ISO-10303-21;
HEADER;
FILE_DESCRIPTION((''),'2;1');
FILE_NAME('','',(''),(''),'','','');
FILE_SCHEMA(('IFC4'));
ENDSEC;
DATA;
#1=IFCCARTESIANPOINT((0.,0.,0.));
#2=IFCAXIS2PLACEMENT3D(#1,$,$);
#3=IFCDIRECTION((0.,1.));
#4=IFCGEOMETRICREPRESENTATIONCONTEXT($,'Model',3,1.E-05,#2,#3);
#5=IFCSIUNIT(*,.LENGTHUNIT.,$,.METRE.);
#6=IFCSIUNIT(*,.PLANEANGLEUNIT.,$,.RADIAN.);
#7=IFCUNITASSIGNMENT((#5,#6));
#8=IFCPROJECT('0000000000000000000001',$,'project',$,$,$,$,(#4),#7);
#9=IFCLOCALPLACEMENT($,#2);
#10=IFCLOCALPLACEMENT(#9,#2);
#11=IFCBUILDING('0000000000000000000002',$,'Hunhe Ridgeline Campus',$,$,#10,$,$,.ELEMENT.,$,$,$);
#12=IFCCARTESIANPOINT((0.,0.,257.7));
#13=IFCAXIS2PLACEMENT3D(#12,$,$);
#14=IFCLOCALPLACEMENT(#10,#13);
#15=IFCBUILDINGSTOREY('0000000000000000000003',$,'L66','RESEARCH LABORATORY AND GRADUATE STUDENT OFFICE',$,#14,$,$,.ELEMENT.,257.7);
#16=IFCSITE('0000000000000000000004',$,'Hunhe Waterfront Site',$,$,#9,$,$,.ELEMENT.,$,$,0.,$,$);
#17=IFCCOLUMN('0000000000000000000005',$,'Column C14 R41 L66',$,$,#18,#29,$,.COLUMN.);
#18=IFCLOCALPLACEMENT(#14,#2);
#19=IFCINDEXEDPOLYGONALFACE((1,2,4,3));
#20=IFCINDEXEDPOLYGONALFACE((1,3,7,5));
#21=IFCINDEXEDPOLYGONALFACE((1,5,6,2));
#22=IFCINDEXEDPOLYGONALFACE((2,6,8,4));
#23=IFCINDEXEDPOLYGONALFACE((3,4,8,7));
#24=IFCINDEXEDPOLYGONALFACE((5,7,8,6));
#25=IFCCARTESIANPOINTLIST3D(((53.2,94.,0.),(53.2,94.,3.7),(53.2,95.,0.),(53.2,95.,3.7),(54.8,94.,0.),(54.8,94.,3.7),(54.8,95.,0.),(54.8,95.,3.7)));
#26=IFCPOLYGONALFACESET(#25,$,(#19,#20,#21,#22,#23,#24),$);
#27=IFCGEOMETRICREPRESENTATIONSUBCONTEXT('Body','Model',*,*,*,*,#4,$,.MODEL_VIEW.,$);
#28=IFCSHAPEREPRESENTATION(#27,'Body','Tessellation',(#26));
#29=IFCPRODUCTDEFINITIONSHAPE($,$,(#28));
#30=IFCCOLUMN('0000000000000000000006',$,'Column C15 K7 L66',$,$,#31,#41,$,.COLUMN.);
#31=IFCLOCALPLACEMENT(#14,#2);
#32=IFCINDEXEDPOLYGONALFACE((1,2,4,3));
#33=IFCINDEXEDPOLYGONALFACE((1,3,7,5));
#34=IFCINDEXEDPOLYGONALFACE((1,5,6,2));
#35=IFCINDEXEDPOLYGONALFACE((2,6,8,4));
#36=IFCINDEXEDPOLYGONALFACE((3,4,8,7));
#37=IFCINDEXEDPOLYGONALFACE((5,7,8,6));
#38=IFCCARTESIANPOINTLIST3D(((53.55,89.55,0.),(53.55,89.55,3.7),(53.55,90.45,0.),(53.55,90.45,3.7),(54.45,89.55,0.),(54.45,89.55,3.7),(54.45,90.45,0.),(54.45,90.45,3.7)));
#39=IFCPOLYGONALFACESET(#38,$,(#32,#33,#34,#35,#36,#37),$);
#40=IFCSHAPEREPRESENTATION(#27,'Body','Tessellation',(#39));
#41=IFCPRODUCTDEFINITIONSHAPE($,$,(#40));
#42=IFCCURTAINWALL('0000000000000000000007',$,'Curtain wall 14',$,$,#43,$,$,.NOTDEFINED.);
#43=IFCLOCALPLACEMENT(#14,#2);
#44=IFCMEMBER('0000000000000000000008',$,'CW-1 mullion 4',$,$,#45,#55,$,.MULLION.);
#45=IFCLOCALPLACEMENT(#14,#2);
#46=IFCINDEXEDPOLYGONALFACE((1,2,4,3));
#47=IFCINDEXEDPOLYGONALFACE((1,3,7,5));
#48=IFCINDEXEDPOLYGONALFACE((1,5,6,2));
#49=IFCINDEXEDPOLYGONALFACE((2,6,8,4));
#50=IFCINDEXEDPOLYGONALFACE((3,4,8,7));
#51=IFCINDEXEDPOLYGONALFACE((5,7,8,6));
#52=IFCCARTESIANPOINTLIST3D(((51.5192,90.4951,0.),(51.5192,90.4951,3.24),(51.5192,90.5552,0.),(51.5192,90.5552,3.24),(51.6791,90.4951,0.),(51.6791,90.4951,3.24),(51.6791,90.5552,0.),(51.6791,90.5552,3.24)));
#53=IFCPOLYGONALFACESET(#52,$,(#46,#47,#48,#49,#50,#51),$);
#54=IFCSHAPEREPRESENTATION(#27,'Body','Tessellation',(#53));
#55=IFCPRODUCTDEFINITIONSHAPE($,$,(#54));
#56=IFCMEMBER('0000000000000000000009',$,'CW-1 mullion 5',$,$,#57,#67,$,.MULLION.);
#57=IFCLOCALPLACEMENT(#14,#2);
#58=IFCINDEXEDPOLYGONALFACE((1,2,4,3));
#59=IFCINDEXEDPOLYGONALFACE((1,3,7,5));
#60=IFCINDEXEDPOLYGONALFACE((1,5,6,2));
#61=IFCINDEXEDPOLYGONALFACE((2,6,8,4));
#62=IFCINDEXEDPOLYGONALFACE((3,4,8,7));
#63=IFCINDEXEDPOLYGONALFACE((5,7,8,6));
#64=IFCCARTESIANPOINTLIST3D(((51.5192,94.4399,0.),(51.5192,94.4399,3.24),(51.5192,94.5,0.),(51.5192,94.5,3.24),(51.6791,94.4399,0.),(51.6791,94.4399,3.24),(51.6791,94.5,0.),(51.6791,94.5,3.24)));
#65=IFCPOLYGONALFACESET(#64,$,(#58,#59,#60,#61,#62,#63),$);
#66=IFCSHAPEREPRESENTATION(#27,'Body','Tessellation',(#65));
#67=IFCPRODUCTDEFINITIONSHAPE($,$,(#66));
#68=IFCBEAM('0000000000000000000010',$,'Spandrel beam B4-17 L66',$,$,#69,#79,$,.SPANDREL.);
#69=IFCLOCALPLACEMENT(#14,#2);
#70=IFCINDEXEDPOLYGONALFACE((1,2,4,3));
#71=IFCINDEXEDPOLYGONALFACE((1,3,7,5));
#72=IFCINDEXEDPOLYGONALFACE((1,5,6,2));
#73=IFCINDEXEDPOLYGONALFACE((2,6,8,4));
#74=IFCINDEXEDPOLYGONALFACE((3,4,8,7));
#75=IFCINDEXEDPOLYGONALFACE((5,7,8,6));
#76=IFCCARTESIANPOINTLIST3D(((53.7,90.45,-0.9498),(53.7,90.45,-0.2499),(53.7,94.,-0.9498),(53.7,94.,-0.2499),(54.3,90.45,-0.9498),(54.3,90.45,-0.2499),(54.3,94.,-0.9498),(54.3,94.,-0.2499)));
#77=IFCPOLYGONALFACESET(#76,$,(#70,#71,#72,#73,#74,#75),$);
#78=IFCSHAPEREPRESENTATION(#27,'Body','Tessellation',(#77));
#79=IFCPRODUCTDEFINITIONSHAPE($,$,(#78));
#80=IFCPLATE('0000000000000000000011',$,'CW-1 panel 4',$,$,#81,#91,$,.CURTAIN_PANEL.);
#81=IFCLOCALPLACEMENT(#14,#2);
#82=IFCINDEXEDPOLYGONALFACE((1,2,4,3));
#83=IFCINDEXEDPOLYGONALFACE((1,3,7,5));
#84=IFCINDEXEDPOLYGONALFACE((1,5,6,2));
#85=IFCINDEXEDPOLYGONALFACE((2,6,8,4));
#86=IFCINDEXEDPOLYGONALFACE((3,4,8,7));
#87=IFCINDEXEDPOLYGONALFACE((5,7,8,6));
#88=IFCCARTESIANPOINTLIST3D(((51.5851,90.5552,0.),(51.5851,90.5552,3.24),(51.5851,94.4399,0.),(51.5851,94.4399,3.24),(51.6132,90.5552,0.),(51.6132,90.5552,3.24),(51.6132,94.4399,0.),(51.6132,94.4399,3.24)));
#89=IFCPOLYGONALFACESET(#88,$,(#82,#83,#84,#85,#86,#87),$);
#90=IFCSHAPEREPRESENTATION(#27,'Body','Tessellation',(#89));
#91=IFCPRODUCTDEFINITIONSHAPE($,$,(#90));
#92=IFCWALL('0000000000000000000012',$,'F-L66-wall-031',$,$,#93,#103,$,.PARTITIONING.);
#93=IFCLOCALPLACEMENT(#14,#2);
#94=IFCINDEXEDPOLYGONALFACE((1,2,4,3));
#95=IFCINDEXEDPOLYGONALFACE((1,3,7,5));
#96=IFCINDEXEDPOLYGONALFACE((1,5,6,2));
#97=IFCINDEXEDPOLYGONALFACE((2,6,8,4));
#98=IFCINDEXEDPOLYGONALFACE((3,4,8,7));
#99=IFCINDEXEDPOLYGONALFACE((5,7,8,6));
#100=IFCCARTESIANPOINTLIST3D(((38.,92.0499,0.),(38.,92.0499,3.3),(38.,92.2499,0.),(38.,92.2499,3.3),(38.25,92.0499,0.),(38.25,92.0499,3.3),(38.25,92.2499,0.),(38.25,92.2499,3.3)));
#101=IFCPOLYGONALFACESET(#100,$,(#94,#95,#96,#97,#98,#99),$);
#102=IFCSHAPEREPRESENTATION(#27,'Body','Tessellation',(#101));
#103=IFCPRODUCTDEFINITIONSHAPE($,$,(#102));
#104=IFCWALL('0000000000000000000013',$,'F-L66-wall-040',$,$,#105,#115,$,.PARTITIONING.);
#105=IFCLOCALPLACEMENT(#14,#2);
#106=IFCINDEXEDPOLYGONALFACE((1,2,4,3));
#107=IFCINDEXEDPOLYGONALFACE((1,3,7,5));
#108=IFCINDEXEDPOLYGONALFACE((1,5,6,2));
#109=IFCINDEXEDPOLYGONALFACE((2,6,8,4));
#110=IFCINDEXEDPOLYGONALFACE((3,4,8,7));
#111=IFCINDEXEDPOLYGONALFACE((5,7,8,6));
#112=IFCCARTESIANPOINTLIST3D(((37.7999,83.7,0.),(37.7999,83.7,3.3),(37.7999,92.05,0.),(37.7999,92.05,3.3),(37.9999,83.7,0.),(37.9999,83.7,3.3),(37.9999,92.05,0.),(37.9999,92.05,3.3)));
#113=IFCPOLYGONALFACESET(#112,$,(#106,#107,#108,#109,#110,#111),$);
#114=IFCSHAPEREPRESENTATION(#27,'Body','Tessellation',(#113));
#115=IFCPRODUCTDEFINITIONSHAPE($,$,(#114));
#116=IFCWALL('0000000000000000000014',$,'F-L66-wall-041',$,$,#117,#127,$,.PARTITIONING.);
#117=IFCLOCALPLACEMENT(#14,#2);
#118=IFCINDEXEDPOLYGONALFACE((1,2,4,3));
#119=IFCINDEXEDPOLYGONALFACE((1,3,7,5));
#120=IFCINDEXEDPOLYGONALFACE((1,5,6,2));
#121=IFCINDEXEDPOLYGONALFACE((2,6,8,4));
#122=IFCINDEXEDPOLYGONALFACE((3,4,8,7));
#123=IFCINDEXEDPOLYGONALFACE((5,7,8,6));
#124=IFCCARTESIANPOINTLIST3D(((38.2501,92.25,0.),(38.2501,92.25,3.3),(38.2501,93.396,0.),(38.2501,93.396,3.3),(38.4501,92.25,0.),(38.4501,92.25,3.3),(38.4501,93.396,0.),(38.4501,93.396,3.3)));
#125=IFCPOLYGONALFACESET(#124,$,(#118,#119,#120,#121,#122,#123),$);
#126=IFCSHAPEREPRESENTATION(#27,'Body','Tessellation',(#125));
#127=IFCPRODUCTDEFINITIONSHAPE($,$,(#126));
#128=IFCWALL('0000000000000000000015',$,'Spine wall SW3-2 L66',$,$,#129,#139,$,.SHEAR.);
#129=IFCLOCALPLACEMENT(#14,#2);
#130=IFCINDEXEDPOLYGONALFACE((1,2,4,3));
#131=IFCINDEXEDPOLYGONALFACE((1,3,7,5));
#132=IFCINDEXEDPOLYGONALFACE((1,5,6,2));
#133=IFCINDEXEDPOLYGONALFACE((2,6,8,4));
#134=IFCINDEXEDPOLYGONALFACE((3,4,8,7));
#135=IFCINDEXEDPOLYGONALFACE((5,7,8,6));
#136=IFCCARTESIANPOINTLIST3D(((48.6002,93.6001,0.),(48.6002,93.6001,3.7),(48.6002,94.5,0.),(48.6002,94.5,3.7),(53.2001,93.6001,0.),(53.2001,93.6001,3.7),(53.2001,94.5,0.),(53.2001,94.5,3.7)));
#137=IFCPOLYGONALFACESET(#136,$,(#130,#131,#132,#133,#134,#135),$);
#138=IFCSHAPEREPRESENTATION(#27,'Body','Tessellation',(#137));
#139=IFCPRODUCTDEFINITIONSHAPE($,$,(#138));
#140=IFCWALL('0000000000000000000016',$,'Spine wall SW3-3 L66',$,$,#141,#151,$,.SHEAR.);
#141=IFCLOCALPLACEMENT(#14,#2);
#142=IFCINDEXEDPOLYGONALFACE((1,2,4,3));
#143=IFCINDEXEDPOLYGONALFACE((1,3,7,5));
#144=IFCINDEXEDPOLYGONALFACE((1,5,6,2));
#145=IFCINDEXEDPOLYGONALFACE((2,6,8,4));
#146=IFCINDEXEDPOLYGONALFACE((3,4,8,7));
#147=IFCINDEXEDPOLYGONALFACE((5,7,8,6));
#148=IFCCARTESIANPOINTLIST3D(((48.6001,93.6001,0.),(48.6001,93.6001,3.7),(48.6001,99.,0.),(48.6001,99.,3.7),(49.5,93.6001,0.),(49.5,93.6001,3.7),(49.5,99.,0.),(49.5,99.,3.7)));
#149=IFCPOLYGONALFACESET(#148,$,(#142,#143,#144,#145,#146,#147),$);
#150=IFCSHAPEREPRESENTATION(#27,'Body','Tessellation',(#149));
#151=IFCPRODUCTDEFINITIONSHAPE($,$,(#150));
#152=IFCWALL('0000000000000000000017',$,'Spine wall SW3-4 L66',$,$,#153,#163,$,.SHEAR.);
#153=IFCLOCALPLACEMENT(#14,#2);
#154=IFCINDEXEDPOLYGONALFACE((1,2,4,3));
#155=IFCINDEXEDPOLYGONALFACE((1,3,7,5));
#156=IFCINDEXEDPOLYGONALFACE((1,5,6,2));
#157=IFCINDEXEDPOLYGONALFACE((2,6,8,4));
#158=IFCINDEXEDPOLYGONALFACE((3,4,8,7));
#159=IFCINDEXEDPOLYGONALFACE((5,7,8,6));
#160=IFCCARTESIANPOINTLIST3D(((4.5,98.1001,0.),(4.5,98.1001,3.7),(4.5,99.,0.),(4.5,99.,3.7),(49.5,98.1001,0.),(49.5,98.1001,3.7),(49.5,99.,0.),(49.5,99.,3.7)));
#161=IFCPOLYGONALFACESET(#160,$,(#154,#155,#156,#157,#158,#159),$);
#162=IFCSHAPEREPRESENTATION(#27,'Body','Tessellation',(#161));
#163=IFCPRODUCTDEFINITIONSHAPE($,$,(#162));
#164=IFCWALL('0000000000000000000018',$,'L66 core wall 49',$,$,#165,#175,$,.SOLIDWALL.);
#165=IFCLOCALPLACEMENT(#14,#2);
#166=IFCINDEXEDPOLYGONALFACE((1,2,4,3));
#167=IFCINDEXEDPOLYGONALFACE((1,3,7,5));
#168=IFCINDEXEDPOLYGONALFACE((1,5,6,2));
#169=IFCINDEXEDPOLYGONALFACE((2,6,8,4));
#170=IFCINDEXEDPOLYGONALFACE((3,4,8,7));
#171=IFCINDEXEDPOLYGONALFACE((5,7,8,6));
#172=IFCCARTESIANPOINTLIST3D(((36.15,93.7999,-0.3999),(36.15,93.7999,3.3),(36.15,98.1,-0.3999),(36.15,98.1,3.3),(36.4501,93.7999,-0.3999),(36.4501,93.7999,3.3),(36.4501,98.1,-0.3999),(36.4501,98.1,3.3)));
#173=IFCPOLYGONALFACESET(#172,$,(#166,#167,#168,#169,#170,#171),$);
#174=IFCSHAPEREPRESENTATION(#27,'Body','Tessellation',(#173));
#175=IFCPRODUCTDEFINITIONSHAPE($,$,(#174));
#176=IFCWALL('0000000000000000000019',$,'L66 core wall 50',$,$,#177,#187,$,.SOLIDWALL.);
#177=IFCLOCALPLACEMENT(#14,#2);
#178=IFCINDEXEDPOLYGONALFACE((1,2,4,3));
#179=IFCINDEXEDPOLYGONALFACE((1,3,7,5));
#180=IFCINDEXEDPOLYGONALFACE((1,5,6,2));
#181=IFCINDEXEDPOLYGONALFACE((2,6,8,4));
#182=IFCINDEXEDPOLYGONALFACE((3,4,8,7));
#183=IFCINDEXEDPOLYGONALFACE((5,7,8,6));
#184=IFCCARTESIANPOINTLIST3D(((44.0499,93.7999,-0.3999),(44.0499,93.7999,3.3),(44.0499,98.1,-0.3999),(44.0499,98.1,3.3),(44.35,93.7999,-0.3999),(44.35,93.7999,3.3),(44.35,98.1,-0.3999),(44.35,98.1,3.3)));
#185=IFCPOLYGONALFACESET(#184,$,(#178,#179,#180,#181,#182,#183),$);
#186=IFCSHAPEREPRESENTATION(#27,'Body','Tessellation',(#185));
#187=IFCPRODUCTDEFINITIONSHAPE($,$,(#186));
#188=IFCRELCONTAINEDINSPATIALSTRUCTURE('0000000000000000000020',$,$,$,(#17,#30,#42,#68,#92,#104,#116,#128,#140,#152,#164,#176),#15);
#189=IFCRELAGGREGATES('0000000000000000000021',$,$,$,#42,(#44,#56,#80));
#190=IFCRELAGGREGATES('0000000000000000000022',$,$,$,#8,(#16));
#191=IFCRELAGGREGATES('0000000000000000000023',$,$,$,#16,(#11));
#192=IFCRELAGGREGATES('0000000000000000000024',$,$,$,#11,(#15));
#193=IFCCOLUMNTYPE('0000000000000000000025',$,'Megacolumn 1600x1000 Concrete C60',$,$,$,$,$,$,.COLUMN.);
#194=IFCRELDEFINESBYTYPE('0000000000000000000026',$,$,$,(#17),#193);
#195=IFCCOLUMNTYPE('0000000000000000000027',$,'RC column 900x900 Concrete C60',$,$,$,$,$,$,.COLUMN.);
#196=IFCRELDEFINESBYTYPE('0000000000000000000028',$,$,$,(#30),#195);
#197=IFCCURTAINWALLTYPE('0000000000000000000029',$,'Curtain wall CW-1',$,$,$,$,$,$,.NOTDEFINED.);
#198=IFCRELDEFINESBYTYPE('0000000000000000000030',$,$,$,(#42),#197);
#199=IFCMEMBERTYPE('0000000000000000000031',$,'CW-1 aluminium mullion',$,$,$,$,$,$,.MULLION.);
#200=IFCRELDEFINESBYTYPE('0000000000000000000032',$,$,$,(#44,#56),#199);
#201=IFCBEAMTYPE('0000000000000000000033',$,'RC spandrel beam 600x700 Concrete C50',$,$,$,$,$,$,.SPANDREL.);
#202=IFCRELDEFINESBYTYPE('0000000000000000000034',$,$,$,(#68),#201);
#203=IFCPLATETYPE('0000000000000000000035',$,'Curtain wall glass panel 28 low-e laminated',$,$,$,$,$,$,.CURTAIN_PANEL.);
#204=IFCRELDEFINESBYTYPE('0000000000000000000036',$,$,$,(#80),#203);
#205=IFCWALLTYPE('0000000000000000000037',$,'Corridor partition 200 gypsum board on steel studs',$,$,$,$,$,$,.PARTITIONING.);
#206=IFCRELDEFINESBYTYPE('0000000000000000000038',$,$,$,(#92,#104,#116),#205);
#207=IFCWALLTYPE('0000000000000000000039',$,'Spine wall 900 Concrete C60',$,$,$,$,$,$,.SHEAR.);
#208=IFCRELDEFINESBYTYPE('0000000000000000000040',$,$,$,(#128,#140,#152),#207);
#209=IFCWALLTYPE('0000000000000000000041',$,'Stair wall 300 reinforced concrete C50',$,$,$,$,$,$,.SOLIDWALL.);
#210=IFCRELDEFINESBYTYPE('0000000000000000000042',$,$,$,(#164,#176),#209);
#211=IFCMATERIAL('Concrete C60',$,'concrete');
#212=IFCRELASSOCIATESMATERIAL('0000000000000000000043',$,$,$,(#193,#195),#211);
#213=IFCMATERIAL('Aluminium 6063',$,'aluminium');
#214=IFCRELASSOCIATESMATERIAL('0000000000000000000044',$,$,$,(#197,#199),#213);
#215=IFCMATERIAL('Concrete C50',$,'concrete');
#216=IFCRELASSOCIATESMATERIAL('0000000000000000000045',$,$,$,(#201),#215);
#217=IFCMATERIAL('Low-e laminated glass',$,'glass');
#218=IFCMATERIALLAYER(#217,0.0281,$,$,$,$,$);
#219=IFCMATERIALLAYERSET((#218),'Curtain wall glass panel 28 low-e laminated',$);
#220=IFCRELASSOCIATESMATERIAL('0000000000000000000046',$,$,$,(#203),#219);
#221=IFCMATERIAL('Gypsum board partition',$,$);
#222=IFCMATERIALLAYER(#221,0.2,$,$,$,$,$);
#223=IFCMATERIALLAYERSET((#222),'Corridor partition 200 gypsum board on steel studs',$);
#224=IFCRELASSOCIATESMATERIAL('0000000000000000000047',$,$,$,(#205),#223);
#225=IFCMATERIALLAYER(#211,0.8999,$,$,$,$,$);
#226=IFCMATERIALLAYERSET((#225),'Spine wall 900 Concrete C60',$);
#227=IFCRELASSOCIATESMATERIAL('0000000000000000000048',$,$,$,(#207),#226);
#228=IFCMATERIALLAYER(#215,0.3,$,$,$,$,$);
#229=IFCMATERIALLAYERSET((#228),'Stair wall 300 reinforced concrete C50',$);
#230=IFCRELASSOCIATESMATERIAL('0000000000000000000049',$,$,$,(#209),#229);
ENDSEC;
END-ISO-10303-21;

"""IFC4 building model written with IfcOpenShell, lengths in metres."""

from ifc_helpers import new_model, si_unit, direction, frame, frame_2d, origin, origin_2d, place, context, subcontext, project, spatial, rectangle, extrude, material, layer, layer_set, material_profile, profile_set, type_object, element, aggregate, save


model = new_model("IFC4")

# Units and contexts
model_context = context("Model", 3, precision=1e-05, world=origin(), true_north=direction((0.0, 1.0)))
body_context = subcontext(model_context, "Body", "Model", "MODEL_VIEW")
ifc_project = project(units=[si_unit("LENGTHUNIT", "METRE"), si_unit("PLANEANGLEUNIT", "RADIAN")], contexts=[model_context])

# Site, building, storey
site_placement = place(None, origin())
site = spatial("IfcSite", under=ifc_project, at=site_placement, Name="Hunhe Waterfront Site", CompositionType="ELEMENT", RefElevation=0.0)
building_placement = place(site_placement, origin())
building = spatial("IfcBuilding", under=site, at=building_placement, Name="Hunhe Ridgeline Campus", CompositionType="ELEMENT")
storey_placement = place(building_placement, frame((0.0, 0.0, 257.7)))
storey = spatial("IfcBuildingStorey", under=building, at=storey_placement, Name="L66", Description="RESEARCH LABORATORY AND GRADUATE STUDENT OFFICE", CompositionType="ELEMENT", Elevation=257.7)

# Columns
ifc_material_1 = material(Name="Concrete C60", Category="concrete")
ifc_material_profile_1 = material_profile(ifc_material_1, rectangle(XDim=1.6001, YDim=1.0, at=origin_2d()))
ifc_profile_set_1 = profile_set([ifc_material_profile_1], Name="Concrete C60")
column_type_1 = type_object("IfcColumnType", Name="Megacolumn 1600x1000 Concrete C60", PredefinedType="COLUMN", material=ifc_profile_set_1)
column_1_placement = place(storey_placement, frame((54.0, 94.5, 0.0), z_axis=(0.0, 0.0, 1.0), x_axis=(1.0, 0.0, 0.0)))
element("IfcColumn", 1, at=column_1_placement, inside=storey, type_object=column_type_1, Name="Column C14 R41 L66", PredefinedType="COLUMN", context=body_context, shape_type="SweptSolid", body=[
    extrude(rectangle(XDim=1.6001, YDim=1.0, at=origin_2d()), origin(), (0.0, 0.0, 1.0), 3.7),
])
ifc_material_profile_2 = material_profile(ifc_material_1, rectangle(XDim=0.8999, YDim=0.8999, at=origin_2d()))
ifc_profile_set_2 = profile_set([ifc_material_profile_2], Name="Concrete C60")
column_type_2 = type_object("IfcColumnType", Name="RC column 900x900 Concrete C60", PredefinedType="COLUMN", material=ifc_profile_set_2)
column_2_placement = place(storey_placement, frame((54.0, 90.0, 0.0), z_axis=(0.0, 0.0, 1.0), x_axis=(1.0, 0.0, 0.0)))
element("IfcColumn", 2, at=column_2_placement, inside=storey, type_object=column_type_2, Name="Column C15 K7 L66", PredefinedType="COLUMN", context=body_context, shape_type="SweptSolid", body=[
    extrude(rectangle(XDim=0.8999, YDim=0.8999, at=origin_2d()), origin(), (0.0, 0.0, 1.0), 3.7),
])

# Curtain wall, members
ifc_material_2 = material(Name="Aluminium 6063", Category="aluminium")
curtain_wall_type = type_object("IfcCurtainWallType", Name="Curtain wall CW-1", PredefinedType="NOTDEFINED", material=ifc_material_2)
curtain_wall_placement = place(storey_placement, origin())
curtain_wall = element("IfcCurtainWall", 3, at=curtain_wall_placement, inside=storey, type_object=curtain_wall_type, Name="Curtain wall 14", PredefinedType="NOTDEFINED")
ifc_material_profile_3 = material_profile(ifc_material_2, rectangle(XDim=0.1599, YDim=0.0601, at=origin_2d()))
ifc_profile_set_3 = profile_set([ifc_material_profile_3], Name="Aluminium 6063")
member_type = type_object("IfcMemberType", Name="CW-1 aluminium mullion", PredefinedType="MULLION", material=ifc_profile_set_3)
member_1_placement = place(storey_placement, frame((51.5991, 90.5251, 0.0), z_axis=(0.0, 0.0, 1.0), x_axis=(-1.0, 0.0, 0.0)))
member_1 = element("IfcMember", 4, at=member_1_placement, type_object=member_type, Name="CW-1 mullion 4", PredefinedType="MULLION", context=body_context, shape_type="SweptSolid", body=[
    extrude(rectangle(XDim=0.1599, YDim=0.0601, at=origin_2d()), origin(), (0.0, 0.0, 1.0), 3.24),
])
member_2_placement = place(storey_placement, frame((51.5991, 94.47, 0.0), z_axis=(0.0, 0.0, 1.0), x_axis=(-1.0, 0.0, 0.0)))
member_2 = element("IfcMember", 5, at=member_2_placement, type_object=member_type, Name="CW-1 mullion 5", PredefinedType="MULLION", context=body_context, shape_type="SweptSolid", body=[
    extrude(rectangle(XDim=0.1599, YDim=0.0601, at=origin_2d()), origin(), (0.0, 0.0, 1.0), 3.24),
])

# Beam
ifc_material_3 = material(Name="Concrete C50", Category="concrete")
ifc_material_profile_4 = material_profile(ifc_material_3, rectangle(XDim=0.6001, YDim=0.7, at=origin_2d()))
ifc_profile_set_4 = profile_set([ifc_material_profile_4], Name="Concrete C50")
beam_type = type_object("IfcBeamType", Name="RC spandrel beam 600x700 Concrete C50", PredefinedType="SPANDREL", material=ifc_profile_set_4)
beam_placement = place(storey_placement, frame((54.0, 90.45, -0.5999), z_axis=(0.0, 1.0, 0.0), x_axis=(-1.0, 0.0, 0.0)))
element("IfcBeam", 6, at=beam_placement, inside=storey, type_object=beam_type, Name="Spandrel beam B4-17 L66", PredefinedType="SPANDREL", context=body_context, shape_type="SweptSolid", body=[
    extrude(rectangle(XDim=0.6001, YDim=0.7, at=origin_2d()), origin(), (0.0, 0.0, 1.0), 3.55),
])

# Plate
ifc_material_4 = material(Name="Low-e laminated glass", Category="glass")
ifc_layer_1 = layer(ifc_material_4, 0.0281)
ifc_layer_set_1 = layer_set([ifc_layer_1], Name="Curtain wall glass panel 28 low-e laminated")
plate_type = type_object("IfcPlateType", Name="Curtain wall glass panel 28 low-e laminated", PredefinedType="CURTAIN_PANEL", material=ifc_layer_set_1)
plate_placement = place(storey_placement, frame((51.5991, 92.4976, 0.0), z_axis=(0.0, 0.0, 1.0), x_axis=(0.0, 1.0, 0.0)))
plate = element("IfcPlate", 7, at=plate_placement, type_object=plate_type, Name="CW-1 panel 4", PredefinedType="CURTAIN_PANEL", context=body_context, shape_type="SweptSolid", body=[
    extrude(rectangle(XDim=3.8848, YDim=0.0281, at=origin_2d()), origin(), (0.0, 0.0, 1.0), 3.24),
])
aggregate(curtain_wall, [member_1, member_2, plate])

# Walls
ifc_material_5 = material(Name="Gypsum board partition")
ifc_layer_2 = layer(ifc_material_5, 0.2)
ifc_layer_set_2 = layer_set([ifc_layer_2], Name="Corridor partition 200 gypsum board on steel studs")
wall_type_1 = type_object("IfcWallType", Name="Corridor partition 200 gypsum board on steel studs", PredefinedType="PARTITIONING", material=ifc_layer_set_2)
wall_1_placement = place(storey_placement, frame((38.25, 92.1499, 0.0), z_axis=(0.0, 0.0, 1.0), x_axis=(-1.0, 0.0, 0.0)))
element("IfcWall", 8, at=wall_1_placement, inside=storey, type_object=wall_type_1, Name="F-L66-wall-031", PredefinedType="PARTITIONING", context=body_context, shape_type="SweptSolid", body=[
    extrude(rectangle(XDim=0.25, YDim=0.2, at=frame_2d((0.125, 0.0))), origin(), (0.0, 0.0, 1.0), 3.3),
])
wall_2_placement = place(storey_placement, frame((37.8999, 92.05, 0.0), z_axis=(0.0, 0.0, 1.0), x_axis=(0.0, -1.0, 0.0)))
element("IfcWall", 9, at=wall_2_placement, inside=storey, type_object=wall_type_1, Name="F-L66-wall-040", PredefinedType="PARTITIONING", context=body_context, shape_type="SweptSolid", body=[
    extrude(rectangle(XDim=8.3501, YDim=0.2, at=frame_2d((4.175, 0.0))), origin(), (0.0, 0.0, 1.0), 3.3),
])
wall_3_placement = place(storey_placement, frame((38.3501, 93.396, 0.0), z_axis=(0.0, 0.0, 1.0), x_axis=(0.0, -1.0, 0.0)))
element("IfcWall", 10, at=wall_3_placement, inside=storey, type_object=wall_type_1, Name="F-L66-wall-041", PredefinedType="PARTITIONING", context=body_context, shape_type="SweptSolid", body=[
    extrude(rectangle(XDim=1.146, YDim=0.2, at=frame_2d((0.573, 0.0))), origin(), (0.0, 0.0, 1.0), 3.3),
])
ifc_layer_3 = layer(ifc_material_1, 0.8999)
ifc_layer_set_3 = layer_set([ifc_layer_3], Name="Spine wall 900 Concrete C60")
wall_type_2 = type_object("IfcWallType", Name="Spine wall 900 Concrete C60", PredefinedType="SHEAR", material=ifc_layer_set_3)
wall_4_placement = place(storey_placement, frame((53.2, 94.05, 0.0), z_axis=(0.0, 0.0, 1.0), x_axis=(-1.0, 0.0, 0.0)))
element("IfcWall", 11, at=wall_4_placement, inside=storey, type_object=wall_type_2, Name="Spine wall SW3-2 L66", PredefinedType="SHEAR", context=body_context, shape_type="SweptSolid", body=[
    extrude(rectangle(XDim=4.5999, YDim=0.8999, at=frame_2d((2.2998, 0.0))), origin(), (0.0, 0.0, 1.0), 3.7),
])
wall_5_placement = place(storey_placement, frame((49.05, 93.6001, 0.0), z_axis=(0.0, 0.0, 1.0), x_axis=(0.0, 1.0, 0.0)))
element("IfcWall", 12, at=wall_5_placement, inside=storey, type_object=wall_type_2, Name="Spine wall SW3-3 L66", PredefinedType="SHEAR", context=body_context, shape_type="SweptSolid", body=[
    extrude(rectangle(XDim=5.3999, YDim=0.8999, at=frame_2d((2.7, 0.0))), origin(), (0.0, 0.0, 1.0), 3.7),
])
wall_6_placement = place(storey_placement, frame((49.5, 98.55, 0.0), z_axis=(0.0, 0.0, 1.0), x_axis=(-1.0, 0.0, 0.0)))
element("IfcWall", 13, at=wall_6_placement, inside=storey, type_object=wall_type_2, Name="Spine wall SW3-4 L66", PredefinedType="SHEAR", context=body_context, shape_type="SweptSolid", body=[
    extrude(rectangle(XDim=45.0, YDim=0.8999, at=frame_2d((22.5, 0.0))), origin(), (0.0, 0.0, 1.0), 3.7),
])

# Shared definitions
ifc_layer_4 = layer(ifc_material_3, 0.3)
ifc_layer_set_4 = layer_set([ifc_layer_4], Name="Stair wall 300 reinforced concrete C50")
wall_type_3 = type_object("IfcWallType", Name="Stair wall 300 reinforced concrete C50", PredefinedType="SOLIDWALL", material=ifc_layer_set_4)

# Walls
for number, where, z_axis, x_axis, name in (
    (14, (36.3, 93.8, -0.3999), (0.0, 0.0, 1.0), (0.0, 1.0, 0.0), "L66 core wall 49"),
    (15, (44.2, 93.8, -0.3999), (0.0, 0.0, 1.0), (0.0, 1.0, 0.0), "L66 core wall 50"),
):
    element("IfcWall", number, at=place(storey_placement, frame(where, z_axis=z_axis, x_axis=x_axis)), inside=storey, type_object=wall_type_3, Name=name, PredefinedType="SOLIDWALL", context=body_context, shape_type="SweptSolid", body=[
        extrude(rectangle(XDim=4.3, YDim=0.3, at=frame_2d((2.1499, 0.0))), origin(), (0.0, 0.0, 1.0), 3.7),
    ])

save(model, "model.ifc")
